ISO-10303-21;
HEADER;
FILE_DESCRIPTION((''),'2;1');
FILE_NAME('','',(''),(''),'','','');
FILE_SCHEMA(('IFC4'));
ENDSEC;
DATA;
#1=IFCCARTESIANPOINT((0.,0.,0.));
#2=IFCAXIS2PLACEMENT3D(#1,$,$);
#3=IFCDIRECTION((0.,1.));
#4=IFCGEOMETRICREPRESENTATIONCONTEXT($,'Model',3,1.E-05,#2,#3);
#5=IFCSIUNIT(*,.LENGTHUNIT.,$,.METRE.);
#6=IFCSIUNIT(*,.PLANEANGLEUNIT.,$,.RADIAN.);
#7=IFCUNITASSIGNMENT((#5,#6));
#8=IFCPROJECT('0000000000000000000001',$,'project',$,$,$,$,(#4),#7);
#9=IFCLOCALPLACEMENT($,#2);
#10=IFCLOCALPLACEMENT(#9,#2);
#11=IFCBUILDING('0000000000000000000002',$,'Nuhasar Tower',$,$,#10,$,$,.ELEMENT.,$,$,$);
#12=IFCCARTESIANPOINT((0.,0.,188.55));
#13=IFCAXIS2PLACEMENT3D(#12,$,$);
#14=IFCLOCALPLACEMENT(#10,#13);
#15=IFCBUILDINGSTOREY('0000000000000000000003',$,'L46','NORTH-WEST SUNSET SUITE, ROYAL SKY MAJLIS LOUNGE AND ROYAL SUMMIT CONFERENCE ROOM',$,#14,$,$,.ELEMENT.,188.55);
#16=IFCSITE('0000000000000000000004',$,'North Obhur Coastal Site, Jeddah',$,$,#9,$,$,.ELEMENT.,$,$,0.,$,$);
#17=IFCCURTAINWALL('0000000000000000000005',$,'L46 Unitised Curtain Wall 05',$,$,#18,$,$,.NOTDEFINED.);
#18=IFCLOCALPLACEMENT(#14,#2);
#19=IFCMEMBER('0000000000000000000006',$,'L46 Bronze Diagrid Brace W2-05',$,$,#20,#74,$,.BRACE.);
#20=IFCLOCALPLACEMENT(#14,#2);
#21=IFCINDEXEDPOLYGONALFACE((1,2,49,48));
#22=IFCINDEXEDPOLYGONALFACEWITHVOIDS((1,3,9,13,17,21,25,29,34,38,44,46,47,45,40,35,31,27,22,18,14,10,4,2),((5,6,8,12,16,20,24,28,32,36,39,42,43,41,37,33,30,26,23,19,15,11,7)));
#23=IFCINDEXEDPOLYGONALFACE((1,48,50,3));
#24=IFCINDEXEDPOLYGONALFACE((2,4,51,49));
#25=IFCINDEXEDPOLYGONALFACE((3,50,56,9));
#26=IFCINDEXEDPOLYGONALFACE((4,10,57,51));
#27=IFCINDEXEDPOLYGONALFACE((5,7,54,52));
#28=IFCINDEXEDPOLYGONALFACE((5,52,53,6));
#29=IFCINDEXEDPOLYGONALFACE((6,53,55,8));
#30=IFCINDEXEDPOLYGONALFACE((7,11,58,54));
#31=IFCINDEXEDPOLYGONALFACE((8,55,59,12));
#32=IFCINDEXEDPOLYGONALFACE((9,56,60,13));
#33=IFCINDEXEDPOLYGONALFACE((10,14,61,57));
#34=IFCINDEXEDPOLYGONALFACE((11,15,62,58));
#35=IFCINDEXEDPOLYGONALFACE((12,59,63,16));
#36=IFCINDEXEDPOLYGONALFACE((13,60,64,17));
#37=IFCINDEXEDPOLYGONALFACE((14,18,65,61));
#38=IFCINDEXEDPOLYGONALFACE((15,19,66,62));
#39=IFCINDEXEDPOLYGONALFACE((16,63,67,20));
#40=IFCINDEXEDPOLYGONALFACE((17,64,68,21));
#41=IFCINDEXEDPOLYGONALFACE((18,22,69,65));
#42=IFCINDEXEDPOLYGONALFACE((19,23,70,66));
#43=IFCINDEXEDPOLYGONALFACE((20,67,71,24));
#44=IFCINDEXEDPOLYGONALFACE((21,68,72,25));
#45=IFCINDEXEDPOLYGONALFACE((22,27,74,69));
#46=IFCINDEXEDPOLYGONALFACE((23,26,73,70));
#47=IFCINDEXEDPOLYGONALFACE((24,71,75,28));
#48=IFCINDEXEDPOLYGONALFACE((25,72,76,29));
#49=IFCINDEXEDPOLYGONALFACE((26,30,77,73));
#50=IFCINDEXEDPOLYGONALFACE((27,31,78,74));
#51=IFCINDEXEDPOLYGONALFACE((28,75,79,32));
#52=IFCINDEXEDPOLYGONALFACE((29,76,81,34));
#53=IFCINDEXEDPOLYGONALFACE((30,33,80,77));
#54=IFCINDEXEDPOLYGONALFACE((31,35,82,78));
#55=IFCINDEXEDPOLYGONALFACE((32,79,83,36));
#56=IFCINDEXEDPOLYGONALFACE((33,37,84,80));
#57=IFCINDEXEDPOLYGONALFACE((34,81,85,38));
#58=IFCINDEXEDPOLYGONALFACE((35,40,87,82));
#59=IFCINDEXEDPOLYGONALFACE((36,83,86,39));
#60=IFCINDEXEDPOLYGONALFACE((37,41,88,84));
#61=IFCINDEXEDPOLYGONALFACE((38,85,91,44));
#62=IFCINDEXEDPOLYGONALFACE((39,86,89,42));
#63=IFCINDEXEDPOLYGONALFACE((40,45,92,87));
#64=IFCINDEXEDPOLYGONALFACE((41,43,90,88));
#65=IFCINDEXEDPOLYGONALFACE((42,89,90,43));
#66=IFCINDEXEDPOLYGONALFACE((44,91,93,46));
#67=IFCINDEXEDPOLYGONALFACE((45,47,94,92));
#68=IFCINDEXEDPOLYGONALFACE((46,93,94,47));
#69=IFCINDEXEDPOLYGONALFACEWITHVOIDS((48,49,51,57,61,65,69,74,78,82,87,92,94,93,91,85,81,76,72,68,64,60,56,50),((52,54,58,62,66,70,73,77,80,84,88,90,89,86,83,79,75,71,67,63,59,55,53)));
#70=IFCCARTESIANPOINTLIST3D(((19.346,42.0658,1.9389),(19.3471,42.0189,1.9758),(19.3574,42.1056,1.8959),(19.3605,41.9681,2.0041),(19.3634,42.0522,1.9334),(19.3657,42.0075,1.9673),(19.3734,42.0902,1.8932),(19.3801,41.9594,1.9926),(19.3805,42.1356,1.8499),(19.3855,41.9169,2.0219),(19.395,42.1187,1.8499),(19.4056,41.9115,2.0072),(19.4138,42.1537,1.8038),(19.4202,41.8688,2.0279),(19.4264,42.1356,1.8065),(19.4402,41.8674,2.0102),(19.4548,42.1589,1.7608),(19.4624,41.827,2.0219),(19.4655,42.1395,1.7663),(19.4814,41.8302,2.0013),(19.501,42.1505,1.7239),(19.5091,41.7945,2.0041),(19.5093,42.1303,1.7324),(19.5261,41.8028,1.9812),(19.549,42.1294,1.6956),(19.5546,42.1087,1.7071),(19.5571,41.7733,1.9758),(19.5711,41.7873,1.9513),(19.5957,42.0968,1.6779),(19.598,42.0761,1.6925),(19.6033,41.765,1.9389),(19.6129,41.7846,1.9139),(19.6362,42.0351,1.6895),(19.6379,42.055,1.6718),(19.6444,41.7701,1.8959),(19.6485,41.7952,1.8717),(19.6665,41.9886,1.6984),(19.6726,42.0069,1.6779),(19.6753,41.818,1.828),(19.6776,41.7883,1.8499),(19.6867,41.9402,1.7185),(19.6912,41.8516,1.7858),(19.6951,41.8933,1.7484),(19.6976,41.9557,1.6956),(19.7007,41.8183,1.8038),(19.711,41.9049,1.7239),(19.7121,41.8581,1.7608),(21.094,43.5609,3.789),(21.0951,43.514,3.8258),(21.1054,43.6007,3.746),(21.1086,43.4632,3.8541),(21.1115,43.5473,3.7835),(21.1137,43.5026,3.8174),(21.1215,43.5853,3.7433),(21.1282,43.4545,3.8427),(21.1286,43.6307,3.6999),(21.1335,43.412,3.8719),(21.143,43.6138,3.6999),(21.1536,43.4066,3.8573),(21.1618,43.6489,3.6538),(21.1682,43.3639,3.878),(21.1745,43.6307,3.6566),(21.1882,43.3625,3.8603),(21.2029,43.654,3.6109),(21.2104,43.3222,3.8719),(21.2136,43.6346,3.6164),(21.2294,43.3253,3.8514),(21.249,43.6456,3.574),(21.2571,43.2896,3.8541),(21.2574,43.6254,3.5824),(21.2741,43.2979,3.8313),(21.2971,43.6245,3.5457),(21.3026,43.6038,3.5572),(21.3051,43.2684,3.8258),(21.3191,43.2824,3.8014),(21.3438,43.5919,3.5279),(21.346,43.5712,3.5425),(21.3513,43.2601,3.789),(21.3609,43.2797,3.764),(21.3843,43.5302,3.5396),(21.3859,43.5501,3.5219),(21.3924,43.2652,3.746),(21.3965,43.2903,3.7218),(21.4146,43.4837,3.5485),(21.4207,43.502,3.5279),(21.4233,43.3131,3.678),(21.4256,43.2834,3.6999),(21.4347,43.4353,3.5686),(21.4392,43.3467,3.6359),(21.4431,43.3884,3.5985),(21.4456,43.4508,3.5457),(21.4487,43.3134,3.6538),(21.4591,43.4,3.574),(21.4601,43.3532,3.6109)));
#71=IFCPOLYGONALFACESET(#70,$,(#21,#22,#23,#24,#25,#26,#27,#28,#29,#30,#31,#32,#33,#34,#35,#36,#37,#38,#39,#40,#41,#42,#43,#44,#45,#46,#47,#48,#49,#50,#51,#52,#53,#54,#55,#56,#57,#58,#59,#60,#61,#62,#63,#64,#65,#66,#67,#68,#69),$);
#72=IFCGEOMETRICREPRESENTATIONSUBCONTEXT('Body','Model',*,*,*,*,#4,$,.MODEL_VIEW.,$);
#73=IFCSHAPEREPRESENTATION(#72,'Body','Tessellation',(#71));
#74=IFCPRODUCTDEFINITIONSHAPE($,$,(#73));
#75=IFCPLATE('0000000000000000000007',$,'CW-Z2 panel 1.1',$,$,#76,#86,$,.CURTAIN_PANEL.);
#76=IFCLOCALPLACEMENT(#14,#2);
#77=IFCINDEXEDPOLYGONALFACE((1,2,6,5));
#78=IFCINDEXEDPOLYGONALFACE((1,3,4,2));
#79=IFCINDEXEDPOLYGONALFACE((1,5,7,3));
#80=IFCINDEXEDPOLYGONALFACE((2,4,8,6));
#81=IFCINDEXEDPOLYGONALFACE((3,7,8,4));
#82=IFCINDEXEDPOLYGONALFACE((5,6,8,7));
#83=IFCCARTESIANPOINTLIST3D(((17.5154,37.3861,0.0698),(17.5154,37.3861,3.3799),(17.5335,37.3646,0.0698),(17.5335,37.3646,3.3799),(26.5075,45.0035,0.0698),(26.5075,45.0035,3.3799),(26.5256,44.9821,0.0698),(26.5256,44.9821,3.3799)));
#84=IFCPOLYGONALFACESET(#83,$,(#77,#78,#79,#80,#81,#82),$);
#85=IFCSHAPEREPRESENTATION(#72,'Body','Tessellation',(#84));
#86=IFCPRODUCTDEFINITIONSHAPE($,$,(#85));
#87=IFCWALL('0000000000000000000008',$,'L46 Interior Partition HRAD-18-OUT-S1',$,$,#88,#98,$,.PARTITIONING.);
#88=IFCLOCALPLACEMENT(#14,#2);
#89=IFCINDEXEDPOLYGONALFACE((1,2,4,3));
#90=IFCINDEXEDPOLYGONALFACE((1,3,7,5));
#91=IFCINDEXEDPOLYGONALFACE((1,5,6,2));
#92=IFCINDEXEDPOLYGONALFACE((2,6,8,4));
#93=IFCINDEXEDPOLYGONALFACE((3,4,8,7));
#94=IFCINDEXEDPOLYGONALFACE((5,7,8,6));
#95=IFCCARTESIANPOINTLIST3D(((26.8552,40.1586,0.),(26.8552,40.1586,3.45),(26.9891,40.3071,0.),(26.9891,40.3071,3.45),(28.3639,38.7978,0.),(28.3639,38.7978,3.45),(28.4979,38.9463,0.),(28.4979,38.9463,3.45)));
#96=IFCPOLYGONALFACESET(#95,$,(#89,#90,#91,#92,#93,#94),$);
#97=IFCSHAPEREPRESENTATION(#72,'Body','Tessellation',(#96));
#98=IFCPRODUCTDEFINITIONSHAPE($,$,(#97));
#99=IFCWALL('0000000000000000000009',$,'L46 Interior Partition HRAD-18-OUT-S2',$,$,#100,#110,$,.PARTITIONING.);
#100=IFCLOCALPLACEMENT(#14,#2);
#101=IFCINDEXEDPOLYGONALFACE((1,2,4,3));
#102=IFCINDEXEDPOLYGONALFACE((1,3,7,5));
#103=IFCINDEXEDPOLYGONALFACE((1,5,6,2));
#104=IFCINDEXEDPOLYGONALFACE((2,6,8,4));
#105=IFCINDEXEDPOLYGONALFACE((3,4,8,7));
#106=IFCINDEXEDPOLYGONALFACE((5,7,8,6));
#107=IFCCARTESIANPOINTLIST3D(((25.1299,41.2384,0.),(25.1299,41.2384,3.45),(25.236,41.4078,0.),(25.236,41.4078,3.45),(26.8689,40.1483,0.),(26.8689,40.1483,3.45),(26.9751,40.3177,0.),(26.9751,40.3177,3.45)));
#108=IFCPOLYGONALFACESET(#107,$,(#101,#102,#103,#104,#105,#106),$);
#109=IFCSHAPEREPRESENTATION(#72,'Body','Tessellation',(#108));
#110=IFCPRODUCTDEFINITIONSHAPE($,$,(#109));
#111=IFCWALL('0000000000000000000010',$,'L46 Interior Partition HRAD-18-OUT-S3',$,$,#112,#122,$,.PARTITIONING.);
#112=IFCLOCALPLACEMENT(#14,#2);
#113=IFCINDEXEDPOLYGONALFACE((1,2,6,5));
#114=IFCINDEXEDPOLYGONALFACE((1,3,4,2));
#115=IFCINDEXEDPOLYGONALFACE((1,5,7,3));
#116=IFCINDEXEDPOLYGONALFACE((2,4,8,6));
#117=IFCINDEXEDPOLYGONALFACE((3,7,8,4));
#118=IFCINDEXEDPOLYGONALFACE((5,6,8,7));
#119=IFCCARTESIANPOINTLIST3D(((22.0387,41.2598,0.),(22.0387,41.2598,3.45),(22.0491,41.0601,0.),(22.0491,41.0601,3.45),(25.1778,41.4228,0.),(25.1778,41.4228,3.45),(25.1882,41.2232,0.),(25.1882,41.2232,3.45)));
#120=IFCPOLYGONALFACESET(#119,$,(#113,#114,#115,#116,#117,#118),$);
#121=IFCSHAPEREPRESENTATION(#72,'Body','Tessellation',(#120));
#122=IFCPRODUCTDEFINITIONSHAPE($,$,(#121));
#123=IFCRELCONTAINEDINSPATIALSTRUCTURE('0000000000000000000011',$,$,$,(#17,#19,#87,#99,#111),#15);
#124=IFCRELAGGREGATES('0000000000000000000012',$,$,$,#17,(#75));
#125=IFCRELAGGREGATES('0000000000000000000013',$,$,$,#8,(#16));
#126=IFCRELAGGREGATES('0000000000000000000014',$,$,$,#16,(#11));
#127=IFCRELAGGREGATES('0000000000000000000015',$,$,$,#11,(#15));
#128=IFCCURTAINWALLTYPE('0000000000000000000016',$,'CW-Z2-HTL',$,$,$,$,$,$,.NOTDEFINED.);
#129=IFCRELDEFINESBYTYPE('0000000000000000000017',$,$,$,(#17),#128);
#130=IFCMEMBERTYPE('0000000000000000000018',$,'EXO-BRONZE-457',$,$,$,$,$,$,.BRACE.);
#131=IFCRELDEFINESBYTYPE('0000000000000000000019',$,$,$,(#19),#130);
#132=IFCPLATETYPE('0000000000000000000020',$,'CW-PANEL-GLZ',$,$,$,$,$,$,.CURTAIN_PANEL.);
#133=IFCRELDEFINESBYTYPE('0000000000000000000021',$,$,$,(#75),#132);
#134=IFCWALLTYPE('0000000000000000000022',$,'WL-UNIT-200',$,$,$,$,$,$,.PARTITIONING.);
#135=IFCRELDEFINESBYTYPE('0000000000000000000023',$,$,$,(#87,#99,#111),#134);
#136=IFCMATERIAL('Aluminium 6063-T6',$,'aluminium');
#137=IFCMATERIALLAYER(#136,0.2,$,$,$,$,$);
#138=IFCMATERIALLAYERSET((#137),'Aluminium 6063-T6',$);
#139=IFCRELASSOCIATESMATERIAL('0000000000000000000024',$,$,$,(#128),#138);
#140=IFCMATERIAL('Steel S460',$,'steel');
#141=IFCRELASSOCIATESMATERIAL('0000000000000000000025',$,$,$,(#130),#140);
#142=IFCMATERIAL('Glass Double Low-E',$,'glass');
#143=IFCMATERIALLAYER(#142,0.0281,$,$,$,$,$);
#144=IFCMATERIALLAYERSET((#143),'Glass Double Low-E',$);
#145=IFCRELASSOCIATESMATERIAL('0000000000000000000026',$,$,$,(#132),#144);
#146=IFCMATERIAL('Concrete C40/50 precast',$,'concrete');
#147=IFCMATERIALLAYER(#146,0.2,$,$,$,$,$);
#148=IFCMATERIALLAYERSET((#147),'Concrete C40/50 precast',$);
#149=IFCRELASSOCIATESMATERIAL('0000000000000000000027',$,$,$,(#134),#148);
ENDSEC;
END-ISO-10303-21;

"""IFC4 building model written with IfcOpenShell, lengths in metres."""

from ifc_helpers import new_model, si_unit, direction, frame, frame_2d, origin, origin_2d, place, context, subcontext, project, spatial, rectangle, hollow_circle, extrude, material, layer, layer_set, material_profile, profile_set, type_object, element, aggregate, save


model = new_model("IFC4")

# Units and contexts
model_context = context("Model", 3, precision=1e-05, world=origin(), true_north=direction((0.0, 1.0)))
body_context = subcontext(model_context, "Body", "Model", "MODEL_VIEW")
ifc_project = project(units=[si_unit("LENGTHUNIT", "METRE"), si_unit("PLANEANGLEUNIT", "RADIAN")], contexts=[model_context])

# Site, building, storey
site_placement = place(None, origin())
site = spatial("IfcSite", under=ifc_project, at=site_placement, Name="North Obhur Coastal Site, Jeddah", CompositionType="ELEMENT", RefElevation=0.0)
building_placement = place(site_placement, origin())
building = spatial("IfcBuilding", under=site, at=building_placement, Name="Nuhasar Tower", CompositionType="ELEMENT")
storey_placement = place(building_placement, frame((0.0, 0.0, 188.55)))
storey = spatial("IfcBuildingStorey", under=building, at=storey_placement, Name="L46", Description="NORTH-WEST SUNSET SUITE, ROYAL SKY MAJLIS LOUNGE AND ROYAL SUMMIT CONFERENCE ROOM", CompositionType="ELEMENT", Elevation=188.55)

# Shared definitions
ifc_material_1 = material(Name="Aluminium 6063-T6", Category="aluminium")
ifc_layer_1 = layer(ifc_material_1, 0.2)
ifc_layer_set_1 = layer_set([ifc_layer_1], Name="Aluminium 6063-T6")
curtain_wall_type = type_object("IfcCurtainWallType", Name="CW-Z2-HTL", PredefinedType="NOTDEFINED", material=ifc_layer_set_1)

# Curtain wall
curtain_wall_1_placement = place(storey_placement, origin())
curtain_wall_1 = element("IfcCurtainWall", 1, at=curtain_wall_1_placement, inside=storey, type_object=curtain_wall_type, Name="L46 Unitised Curtain Wall 05", PredefinedType="NOTDEFINED")

# Member
ifc_material_2 = material(Name="Steel S460", Category="steel")
ifc_material_profile_1 = material_profile(ifc_material_2, hollow_circle(Radius=0.2285, WallThickness=0.0222, at=origin_2d()), Name="HSS457X22.2")
ifc_profile_set_1 = profile_set([ifc_material_profile_1], Name="Steel S460")
member_type_1 = type_object("IfcMemberType", Name="EXO-BRONZE-457", PredefinedType="BRACE", material=ifc_profile_set_1)
member_1_placement = place(storey_placement, frame((19.5291, 41.9619, 1.8499), z_axis=(0.59217, 0.506488, 0.626741), x_axis=(-0.649987, 0.759945, 0.0)))
element("IfcMember", 2, at=member_1_placement, inside=storey, type_object=member_type_1, Name="L46 Bronze Diagrid Brace W2-05", PredefinedType="BRACE", context=body_context, shape_type="SweptSolid", body=[
    extrude(hollow_circle(Radius=0.2285, WallThickness=0.0222, at=origin_2d()), origin(), (0.0, 0.0, 1.0), 2.9519),
])

# Plate
ifc_material_3 = material(Name="Glass Double Low-E", Category="glass")
ifc_layer_2 = layer(ifc_material_3, 0.0281)
ifc_layer_set_2 = layer_set([ifc_layer_2], Name="Glass Double Low-E")
plate_type = type_object("IfcPlateType", Name="CW-PANEL-GLZ", PredefinedType="CURTAIN_PANEL", material=ifc_layer_set_2)
plate_placement = place(storey_placement, frame((22.0205, 41.1841, 0.0698), z_axis=(0.0, 0.0, 1.0), x_axis=(-0.76302, -0.646374, 0.0)))
plate = element("IfcPlate", 3, at=plate_placement, type_object=plate_type, Name="CW-Z2 panel 1.1", PredefinedType="CURTAIN_PANEL", context=body_context, shape_type="SweptSolid", body=[
    extrude(rectangle(XDim=11.7849, YDim=0.0281, at=origin_2d()), origin(), (0.0, 0.0, 1.0), 3.3101),
])
aggregate(curtain_wall_1, [plate])

# Walls
ifc_material_4 = material(Name="Concrete C40/50 precast", Category="concrete")
ifc_layer_3 = layer(ifc_material_4, 0.2)
ifc_layer_set_3 = layer_set([ifc_layer_3], Name="Concrete C40/50 precast")
wall_type = type_object("IfcWallType", Name="WL-UNIT-200", PredefinedType="PARTITIONING", material=ifc_layer_set_3)
wall_1_placement = place(storey_placement, frame((28.4309, 38.8721, 0.0), z_axis=(0.0, 0.0, 1.0), x_axis=(-0.742577, 0.669761, 0.0)))
element("IfcWall", 4, at=wall_1_placement, inside=storey, type_object=wall_type, Name="L46 Interior Partition HRAD-18-OUT-S1", PredefinedType="PARTITIONING", context=body_context, shape_type="SweptSolid", body=[
    extrude(rectangle(XDim=2.0317, YDim=0.2, at=frame_2d((1.0159, 0.0))), origin(), (0.0, 0.0, 1.0), 3.45),
])
wall_2_placement = place(storey_placement, frame((26.9221, 40.2329, 0.0), z_axis=(0.0, 0.0, 1.0), x_axis=(-0.847296, 0.531121, 0.0)))
element("IfcWall", 5, at=wall_2_placement, inside=storey, type_object=wall_type, Name="L46 Interior Partition HRAD-18-OUT-S2", PredefinedType="PARTITIONING", context=body_context, shape_type="SweptSolid", body=[
    extrude(rectangle(XDim=2.0525, YDim=0.2, at=frame_2d((1.0264, 0.0))), origin(), (0.0, 0.0, 1.0), 3.45),
])
wall_3_placement = place(storey_placement, frame((25.1831, 41.323, 0.0), z_axis=(0.0, 0.0, 1.0), x_axis=(-0.998653, -0.051882, 0.0)))
element("IfcWall", 6, at=wall_3_placement, inside=storey, type_object=wall_type, Name="L46 Interior Partition HRAD-18-OUT-S3", PredefinedType="PARTITIONING", context=body_context, shape_type="SweptSolid", body=[
    extrude(rectangle(XDim=3.1433, YDim=0.2, at=frame_2d((1.5718, 0.0))), origin(), (0.0, 0.0, 1.0), 3.45),
])

save(model, "model.ifc")
